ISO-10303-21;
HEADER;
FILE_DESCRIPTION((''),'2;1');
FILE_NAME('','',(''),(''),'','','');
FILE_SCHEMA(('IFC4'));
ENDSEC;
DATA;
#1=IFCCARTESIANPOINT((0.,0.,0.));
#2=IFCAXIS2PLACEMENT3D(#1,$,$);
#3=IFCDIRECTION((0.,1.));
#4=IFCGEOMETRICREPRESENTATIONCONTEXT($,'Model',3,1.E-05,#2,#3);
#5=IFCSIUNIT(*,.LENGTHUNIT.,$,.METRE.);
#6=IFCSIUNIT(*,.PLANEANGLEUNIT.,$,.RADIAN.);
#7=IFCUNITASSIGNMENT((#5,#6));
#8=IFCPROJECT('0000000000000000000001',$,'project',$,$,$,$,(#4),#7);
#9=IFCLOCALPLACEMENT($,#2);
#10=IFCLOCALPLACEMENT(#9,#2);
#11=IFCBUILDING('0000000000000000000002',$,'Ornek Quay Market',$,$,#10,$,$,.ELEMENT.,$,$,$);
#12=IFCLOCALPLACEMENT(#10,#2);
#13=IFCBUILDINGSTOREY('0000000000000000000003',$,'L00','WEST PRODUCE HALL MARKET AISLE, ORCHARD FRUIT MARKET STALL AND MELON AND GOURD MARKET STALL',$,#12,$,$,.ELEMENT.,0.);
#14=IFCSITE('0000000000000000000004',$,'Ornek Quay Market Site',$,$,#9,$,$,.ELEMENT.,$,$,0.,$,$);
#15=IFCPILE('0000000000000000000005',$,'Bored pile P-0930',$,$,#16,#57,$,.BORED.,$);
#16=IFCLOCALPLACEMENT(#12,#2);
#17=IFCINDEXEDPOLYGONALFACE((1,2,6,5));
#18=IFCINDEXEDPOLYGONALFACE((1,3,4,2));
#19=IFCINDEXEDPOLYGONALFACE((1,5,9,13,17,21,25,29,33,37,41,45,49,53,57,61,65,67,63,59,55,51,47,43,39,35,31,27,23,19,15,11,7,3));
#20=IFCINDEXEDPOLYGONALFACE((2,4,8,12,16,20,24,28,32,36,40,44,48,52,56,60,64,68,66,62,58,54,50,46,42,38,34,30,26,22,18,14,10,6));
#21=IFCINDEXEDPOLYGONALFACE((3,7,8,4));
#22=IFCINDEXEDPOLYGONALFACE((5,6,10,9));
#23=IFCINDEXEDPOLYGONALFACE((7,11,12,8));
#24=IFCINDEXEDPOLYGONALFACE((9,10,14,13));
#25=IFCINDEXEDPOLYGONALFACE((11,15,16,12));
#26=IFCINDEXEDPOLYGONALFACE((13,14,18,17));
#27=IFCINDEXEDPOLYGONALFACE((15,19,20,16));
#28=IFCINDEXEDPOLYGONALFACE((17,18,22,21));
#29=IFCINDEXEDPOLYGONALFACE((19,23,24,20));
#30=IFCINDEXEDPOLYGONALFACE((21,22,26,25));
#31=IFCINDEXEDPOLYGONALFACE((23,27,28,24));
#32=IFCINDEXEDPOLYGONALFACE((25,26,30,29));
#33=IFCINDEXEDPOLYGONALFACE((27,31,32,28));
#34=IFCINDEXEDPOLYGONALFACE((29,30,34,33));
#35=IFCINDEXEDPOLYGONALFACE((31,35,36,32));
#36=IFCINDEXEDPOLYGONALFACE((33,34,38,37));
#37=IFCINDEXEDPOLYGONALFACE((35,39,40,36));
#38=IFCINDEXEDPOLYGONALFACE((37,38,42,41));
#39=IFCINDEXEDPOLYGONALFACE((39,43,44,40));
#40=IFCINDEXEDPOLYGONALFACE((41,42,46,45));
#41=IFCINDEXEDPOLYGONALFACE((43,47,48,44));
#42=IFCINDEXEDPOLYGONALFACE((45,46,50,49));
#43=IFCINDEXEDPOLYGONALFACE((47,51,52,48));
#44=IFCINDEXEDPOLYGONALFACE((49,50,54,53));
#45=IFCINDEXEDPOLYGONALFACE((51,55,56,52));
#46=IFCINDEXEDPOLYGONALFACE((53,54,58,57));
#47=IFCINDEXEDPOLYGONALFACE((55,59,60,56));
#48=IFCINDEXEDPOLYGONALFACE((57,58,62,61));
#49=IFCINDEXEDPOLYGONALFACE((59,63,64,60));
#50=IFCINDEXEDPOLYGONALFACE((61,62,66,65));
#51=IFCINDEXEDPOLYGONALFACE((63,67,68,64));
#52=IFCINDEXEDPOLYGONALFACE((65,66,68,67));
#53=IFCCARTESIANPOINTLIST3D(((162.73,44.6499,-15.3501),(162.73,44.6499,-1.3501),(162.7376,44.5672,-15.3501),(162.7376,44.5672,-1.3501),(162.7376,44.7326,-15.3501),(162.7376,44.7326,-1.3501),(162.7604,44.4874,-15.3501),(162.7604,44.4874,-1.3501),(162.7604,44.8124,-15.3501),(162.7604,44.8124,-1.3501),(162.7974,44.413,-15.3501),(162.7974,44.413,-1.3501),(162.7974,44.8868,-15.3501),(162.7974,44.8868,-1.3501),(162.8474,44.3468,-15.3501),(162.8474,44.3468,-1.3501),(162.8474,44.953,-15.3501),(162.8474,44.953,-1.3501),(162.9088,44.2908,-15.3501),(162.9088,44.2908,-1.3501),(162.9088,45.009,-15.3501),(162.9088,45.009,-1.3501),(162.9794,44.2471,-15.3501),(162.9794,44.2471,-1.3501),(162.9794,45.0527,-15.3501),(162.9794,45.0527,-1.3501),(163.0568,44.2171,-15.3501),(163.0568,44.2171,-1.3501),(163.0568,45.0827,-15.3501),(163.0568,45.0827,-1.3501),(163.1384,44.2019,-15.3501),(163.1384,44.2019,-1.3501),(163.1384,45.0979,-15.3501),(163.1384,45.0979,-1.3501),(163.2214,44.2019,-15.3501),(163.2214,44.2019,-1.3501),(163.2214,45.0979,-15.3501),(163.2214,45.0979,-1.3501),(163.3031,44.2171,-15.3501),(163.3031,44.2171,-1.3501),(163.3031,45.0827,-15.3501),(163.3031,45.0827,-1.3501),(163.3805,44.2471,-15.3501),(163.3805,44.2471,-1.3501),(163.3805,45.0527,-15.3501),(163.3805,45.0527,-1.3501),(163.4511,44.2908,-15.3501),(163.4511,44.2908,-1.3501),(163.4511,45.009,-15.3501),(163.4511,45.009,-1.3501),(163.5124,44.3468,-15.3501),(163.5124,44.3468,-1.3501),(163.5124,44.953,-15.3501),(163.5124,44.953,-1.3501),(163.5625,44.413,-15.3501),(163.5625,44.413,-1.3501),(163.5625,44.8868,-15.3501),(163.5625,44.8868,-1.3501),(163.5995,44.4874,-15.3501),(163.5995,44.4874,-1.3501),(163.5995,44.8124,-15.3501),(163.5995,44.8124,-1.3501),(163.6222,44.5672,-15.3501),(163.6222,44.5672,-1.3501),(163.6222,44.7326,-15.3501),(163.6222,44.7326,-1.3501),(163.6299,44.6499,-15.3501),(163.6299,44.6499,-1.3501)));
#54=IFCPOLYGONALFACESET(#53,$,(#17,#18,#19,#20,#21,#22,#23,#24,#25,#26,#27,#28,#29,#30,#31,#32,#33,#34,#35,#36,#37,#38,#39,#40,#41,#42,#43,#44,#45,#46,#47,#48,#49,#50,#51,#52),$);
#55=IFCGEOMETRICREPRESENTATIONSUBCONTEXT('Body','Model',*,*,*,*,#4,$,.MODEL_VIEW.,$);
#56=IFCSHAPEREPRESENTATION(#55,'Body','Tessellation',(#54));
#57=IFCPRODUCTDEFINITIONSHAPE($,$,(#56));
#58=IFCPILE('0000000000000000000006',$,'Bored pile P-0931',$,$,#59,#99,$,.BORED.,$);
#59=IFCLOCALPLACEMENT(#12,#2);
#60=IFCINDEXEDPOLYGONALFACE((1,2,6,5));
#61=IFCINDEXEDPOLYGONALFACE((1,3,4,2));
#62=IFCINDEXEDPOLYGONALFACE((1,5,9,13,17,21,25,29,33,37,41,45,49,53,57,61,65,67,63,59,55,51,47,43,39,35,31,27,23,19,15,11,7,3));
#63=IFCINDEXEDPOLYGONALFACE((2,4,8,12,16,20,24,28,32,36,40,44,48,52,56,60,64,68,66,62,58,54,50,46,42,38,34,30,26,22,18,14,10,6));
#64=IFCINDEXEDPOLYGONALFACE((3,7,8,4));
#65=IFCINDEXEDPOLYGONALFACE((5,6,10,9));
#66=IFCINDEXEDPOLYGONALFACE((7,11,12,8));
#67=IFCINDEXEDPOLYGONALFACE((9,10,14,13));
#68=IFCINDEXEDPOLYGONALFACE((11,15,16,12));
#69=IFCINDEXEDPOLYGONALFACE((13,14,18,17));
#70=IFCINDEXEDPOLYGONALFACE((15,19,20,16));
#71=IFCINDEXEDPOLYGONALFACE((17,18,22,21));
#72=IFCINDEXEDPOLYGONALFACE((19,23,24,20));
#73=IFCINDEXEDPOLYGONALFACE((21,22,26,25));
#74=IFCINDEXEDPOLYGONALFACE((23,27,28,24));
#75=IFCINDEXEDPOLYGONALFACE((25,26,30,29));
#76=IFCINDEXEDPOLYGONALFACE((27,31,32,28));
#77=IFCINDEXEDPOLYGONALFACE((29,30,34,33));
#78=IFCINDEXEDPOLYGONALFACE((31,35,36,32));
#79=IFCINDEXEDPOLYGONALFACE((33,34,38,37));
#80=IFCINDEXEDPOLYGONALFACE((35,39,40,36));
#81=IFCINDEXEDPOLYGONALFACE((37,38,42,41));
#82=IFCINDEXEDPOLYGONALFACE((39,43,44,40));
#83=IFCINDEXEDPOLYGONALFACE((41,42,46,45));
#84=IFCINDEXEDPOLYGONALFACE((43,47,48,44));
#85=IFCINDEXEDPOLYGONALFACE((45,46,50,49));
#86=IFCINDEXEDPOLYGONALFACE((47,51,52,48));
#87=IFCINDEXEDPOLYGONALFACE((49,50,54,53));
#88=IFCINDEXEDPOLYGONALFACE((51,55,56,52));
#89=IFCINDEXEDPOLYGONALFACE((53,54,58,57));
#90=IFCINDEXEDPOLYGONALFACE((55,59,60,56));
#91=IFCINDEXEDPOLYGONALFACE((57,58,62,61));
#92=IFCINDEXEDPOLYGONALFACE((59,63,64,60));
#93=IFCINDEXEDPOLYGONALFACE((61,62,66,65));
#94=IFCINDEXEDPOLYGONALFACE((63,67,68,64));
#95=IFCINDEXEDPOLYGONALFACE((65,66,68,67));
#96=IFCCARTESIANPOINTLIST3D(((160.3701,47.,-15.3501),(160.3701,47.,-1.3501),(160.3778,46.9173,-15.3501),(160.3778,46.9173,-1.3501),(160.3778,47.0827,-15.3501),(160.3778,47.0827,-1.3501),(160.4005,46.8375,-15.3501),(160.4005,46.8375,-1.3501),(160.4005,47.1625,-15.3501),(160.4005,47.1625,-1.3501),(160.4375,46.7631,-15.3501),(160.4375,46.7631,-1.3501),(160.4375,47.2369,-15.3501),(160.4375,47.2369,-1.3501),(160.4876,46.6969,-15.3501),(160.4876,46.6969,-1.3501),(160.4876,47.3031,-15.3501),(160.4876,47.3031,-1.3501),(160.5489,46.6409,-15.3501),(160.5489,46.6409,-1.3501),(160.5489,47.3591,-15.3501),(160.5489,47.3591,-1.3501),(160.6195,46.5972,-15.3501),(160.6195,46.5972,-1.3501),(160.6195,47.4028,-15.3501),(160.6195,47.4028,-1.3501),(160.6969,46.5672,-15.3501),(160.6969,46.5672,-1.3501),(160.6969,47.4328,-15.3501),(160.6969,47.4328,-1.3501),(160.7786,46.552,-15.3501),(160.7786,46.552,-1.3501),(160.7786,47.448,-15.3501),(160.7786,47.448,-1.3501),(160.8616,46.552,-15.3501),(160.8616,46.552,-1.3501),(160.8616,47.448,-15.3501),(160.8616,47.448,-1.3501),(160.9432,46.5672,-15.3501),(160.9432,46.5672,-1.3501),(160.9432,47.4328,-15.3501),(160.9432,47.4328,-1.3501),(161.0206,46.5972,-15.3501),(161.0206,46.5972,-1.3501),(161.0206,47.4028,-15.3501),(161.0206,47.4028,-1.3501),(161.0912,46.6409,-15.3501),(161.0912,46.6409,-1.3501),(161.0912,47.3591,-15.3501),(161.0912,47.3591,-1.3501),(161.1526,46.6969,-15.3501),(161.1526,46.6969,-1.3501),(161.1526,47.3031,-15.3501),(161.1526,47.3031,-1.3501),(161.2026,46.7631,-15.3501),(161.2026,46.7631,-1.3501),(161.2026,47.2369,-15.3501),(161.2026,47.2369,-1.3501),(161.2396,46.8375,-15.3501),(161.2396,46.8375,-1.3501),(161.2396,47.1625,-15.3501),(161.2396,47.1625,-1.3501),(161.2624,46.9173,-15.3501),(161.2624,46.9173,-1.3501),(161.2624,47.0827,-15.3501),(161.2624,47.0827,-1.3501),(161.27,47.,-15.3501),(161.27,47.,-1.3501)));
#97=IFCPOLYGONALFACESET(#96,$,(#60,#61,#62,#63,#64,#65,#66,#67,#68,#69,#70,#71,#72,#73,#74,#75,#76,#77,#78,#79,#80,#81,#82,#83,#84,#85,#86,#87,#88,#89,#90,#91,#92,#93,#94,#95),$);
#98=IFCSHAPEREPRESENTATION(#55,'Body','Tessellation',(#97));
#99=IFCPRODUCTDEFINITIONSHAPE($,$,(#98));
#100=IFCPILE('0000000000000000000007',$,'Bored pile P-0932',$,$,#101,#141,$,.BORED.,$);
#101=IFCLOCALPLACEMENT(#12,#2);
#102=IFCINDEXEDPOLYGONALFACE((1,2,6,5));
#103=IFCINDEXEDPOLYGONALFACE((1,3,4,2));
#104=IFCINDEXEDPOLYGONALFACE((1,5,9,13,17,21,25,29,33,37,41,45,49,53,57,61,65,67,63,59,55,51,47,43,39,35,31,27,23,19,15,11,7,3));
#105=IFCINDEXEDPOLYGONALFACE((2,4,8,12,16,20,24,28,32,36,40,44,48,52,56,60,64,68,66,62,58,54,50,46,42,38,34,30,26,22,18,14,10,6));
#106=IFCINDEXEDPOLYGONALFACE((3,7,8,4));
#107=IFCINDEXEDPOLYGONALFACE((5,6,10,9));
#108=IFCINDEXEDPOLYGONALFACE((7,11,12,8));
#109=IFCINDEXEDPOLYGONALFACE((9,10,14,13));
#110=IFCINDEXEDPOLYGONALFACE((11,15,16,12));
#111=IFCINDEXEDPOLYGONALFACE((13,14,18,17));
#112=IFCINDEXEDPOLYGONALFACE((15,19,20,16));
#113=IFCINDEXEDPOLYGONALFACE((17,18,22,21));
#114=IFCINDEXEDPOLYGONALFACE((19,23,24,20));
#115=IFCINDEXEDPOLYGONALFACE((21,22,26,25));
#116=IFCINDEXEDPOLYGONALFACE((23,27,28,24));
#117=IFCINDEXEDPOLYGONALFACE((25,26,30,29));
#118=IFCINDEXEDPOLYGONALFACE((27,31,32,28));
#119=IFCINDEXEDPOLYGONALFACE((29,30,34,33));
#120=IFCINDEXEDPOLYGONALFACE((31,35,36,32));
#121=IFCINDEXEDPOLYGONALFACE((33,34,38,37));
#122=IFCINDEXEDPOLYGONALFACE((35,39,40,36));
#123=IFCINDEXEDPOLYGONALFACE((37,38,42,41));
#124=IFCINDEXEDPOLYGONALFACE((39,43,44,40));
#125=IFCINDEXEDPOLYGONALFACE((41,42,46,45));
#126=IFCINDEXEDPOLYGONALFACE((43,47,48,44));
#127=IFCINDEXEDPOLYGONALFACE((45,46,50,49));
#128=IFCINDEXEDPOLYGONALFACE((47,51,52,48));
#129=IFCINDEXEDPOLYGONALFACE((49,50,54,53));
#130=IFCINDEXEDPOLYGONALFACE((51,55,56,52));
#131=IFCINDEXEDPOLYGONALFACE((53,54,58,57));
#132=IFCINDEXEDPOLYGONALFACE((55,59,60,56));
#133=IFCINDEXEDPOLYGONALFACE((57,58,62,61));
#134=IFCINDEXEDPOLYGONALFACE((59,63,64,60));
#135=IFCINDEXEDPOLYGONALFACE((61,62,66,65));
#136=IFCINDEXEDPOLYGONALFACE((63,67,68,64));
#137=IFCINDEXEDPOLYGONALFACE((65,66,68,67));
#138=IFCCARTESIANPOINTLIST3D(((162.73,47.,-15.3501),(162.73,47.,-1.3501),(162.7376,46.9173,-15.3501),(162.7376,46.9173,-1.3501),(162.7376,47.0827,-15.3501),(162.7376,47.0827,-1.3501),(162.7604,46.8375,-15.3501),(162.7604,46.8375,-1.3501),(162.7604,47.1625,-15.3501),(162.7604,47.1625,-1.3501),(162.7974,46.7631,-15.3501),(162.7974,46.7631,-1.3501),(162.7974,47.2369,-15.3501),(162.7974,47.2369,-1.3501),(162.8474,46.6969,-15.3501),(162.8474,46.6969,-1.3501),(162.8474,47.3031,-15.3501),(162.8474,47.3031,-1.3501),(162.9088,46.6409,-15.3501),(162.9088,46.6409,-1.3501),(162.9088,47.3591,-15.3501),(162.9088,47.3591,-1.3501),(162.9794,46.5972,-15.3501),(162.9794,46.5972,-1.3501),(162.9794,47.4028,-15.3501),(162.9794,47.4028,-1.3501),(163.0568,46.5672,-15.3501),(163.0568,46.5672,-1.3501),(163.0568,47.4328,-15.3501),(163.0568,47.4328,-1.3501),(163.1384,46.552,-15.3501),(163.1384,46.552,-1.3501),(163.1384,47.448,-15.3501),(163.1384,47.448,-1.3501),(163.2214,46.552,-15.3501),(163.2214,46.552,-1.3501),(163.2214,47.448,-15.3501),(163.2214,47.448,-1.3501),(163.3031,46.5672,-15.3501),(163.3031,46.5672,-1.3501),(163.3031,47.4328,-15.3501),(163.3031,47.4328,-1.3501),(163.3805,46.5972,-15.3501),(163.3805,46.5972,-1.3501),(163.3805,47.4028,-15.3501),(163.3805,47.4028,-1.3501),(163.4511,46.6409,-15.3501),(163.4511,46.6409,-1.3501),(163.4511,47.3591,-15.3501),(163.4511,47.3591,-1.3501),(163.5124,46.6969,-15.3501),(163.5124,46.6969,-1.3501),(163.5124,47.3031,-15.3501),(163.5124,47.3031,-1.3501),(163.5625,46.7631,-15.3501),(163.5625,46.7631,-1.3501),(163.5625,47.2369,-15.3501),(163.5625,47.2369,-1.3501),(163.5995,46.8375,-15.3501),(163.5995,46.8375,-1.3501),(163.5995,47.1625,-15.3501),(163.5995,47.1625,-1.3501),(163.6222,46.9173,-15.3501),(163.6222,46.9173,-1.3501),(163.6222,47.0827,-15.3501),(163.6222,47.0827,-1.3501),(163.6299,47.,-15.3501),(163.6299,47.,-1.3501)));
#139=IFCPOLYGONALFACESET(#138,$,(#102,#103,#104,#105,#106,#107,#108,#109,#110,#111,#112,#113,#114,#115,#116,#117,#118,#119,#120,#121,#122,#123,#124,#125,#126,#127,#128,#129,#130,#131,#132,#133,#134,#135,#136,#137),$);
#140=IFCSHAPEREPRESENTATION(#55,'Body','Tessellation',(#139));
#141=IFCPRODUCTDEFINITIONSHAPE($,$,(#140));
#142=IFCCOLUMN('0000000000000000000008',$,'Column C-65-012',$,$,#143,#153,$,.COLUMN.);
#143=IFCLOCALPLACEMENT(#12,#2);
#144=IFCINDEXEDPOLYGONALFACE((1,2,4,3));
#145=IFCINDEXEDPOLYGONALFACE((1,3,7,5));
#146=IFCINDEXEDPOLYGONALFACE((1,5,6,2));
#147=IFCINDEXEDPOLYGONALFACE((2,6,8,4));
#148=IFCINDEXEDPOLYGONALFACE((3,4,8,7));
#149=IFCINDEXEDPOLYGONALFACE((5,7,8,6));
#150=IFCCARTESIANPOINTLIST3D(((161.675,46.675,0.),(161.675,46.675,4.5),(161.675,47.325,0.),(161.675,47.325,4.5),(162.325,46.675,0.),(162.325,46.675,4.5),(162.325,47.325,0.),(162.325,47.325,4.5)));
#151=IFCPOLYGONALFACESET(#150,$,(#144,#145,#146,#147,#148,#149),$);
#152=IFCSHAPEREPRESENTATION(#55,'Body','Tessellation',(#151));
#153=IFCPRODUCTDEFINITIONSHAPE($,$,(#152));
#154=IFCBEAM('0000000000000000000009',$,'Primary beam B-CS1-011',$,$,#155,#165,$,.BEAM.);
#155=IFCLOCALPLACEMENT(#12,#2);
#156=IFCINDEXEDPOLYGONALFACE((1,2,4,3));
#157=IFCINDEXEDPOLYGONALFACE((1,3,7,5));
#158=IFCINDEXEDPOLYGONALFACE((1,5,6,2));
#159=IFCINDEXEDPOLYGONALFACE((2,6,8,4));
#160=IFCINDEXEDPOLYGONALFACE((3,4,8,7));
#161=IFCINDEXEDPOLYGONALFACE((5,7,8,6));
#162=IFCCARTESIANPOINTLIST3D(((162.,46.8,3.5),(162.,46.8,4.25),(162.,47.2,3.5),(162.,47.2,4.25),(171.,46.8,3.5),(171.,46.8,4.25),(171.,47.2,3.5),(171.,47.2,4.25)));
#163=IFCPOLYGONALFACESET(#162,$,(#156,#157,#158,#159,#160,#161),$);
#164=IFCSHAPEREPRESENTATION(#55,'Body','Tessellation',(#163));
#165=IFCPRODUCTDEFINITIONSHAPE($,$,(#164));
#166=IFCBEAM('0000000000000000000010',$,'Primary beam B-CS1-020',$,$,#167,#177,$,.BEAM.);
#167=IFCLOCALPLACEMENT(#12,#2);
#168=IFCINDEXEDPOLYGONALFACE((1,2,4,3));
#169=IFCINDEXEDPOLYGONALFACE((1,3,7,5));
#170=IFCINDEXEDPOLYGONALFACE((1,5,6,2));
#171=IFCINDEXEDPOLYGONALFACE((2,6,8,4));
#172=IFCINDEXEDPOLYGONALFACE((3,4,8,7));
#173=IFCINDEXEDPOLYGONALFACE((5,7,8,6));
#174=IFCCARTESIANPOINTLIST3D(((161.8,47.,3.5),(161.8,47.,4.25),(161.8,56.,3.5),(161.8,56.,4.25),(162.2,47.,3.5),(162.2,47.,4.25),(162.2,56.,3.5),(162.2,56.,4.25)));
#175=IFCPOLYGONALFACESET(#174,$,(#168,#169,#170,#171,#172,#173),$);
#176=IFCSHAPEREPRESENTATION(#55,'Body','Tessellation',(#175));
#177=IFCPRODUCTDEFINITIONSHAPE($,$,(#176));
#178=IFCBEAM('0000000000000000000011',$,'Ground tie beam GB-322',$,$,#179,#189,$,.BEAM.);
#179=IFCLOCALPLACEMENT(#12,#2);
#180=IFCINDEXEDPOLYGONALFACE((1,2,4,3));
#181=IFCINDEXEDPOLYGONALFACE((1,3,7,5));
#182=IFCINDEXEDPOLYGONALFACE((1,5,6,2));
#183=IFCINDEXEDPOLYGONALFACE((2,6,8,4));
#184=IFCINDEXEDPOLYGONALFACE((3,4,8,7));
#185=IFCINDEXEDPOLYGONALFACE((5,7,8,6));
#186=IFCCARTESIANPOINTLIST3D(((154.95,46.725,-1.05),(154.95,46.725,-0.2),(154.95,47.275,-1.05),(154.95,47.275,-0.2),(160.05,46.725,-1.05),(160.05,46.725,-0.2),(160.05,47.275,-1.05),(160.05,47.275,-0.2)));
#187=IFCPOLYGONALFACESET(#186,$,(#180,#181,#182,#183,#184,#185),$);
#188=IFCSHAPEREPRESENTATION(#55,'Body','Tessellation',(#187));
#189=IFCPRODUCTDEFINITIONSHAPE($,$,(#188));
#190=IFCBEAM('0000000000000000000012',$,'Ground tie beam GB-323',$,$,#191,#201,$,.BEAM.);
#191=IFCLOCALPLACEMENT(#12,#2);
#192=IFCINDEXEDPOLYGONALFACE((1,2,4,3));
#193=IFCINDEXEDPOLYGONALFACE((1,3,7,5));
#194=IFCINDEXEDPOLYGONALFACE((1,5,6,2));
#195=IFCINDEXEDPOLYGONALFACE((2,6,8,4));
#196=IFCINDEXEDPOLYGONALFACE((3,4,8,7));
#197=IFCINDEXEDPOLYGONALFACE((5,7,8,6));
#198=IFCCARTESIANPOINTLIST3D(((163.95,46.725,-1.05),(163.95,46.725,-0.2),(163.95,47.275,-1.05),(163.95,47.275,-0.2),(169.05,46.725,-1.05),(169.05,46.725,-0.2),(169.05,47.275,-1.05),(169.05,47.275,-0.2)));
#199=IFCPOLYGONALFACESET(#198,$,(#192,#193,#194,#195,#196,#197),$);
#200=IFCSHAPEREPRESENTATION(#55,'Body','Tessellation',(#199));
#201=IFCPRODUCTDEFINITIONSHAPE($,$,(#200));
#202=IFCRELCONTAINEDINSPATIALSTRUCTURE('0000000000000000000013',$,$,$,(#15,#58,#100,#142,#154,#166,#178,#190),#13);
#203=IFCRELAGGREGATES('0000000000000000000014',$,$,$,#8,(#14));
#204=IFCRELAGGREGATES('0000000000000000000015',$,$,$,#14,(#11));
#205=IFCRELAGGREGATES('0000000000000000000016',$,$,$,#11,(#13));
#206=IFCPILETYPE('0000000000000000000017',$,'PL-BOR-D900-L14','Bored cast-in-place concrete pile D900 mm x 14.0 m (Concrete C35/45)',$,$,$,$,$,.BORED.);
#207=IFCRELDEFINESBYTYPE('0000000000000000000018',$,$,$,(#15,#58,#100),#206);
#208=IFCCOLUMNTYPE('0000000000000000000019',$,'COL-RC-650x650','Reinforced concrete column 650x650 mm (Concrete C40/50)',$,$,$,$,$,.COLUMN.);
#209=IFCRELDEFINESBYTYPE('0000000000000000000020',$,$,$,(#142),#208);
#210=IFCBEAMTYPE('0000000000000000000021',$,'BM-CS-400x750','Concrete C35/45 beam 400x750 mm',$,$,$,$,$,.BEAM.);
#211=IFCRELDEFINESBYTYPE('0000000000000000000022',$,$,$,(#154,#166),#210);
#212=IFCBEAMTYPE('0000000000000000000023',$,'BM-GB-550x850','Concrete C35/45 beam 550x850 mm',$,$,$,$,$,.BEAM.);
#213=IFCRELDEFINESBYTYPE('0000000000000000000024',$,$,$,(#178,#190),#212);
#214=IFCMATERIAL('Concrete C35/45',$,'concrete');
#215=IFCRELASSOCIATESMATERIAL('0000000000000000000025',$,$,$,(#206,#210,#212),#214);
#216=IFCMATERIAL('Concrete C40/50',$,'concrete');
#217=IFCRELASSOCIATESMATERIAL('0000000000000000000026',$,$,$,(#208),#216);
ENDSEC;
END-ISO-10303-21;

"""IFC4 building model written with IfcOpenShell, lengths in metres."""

from ifc_helpers import new_model, si_unit, direction, frame, origin, origin_2d, place, context, subcontext, project, spatial, rectangle, circle, extrude, material, material_profile, profile_set, type_object, element, save


model = new_model("IFC4")

# Units and contexts
model_context = context("Model", 3, precision=1e-05, world=origin(), true_north=direction((0.0, 1.0)))
body_context = subcontext(model_context, "Body", "Model", "MODEL_VIEW")
ifc_project = project(units=[si_unit("LENGTHUNIT", "METRE"), si_unit("PLANEANGLEUNIT", "RADIAN")], contexts=[model_context])

# Site, building, storey
site_placement = place(None, origin())
site = spatial("IfcSite", under=ifc_project, at=site_placement, Name="Ornek Quay Market Site", CompositionType="ELEMENT", RefElevation=0.0)
building_placement = place(site_placement, origin())
building = spatial("IfcBuilding", under=site, at=building_placement, Name="Ornek Quay Market", CompositionType="ELEMENT")
storey_placement = place(building_placement, origin())
storey = spatial("IfcBuildingStorey", under=building, at=storey_placement, Name="L00", Description="WEST PRODUCE HALL MARKET AISLE, ORCHARD FRUIT MARKET STALL AND MELON AND GOURD MARKET STALL", CompositionType="ELEMENT", Elevation=0.0)

# Piles
ifc_material_1 = material(Name="Concrete C35/45", Category="concrete")
ifc_material_profile_1 = material_profile(ifc_material_1, circle(Radius=0.45, at=origin_2d()), Name="PILE D900", Category="concrete")
ifc_profile_set_1 = profile_set([ifc_material_profile_1], Name="Concrete C35/45")
pile_type = type_object("IfcPileType", Name="PL-BOR-D900-L14", Description="Bored cast-in-place concrete pile D900 mm x 14.0 m (Concrete C35/45)", PredefinedType="BORED", material=ifc_profile_set_1)
for number, where, z_axis, x_axis, name in (
    (1, (163.1799, 44.6499, -1.3501), (0.0, 0.0, -1.0), (1.0, 0.0, 0.0), "Bored pile P-0930"),
    (2, (160.8201, 47.0, -1.3501), (0.0, 0.0, -1.0), (1.0, 0.0, 0.0), "Bored pile P-0931"),
    (3, (163.1799, 47.0, -1.3501), (0.0, 0.0, -1.0), (1.0, 0.0, 0.0), "Bored pile P-0932"),
):
    element("IfcPile", number, at=place(storey_placement, frame(where, z_axis=z_axis, x_axis=x_axis)), inside=storey, type_object=pile_type, Name=name, PredefinedType="BORED", context=body_context, shape_type="SweptSolid", body=[
        extrude(circle(Radius=0.45, at=origin_2d()), origin(), (0.0, 0.0, 1.0), 14.0),
    ])

# Column
ifc_material_2 = material(Name="Concrete C40/50", Category="concrete")
ifc_material_profile_2 = material_profile(ifc_material_2, rectangle(XDim=0.6499, YDim=0.6499, at=origin_2d()), Name="RC 650x650", Category="concrete")
ifc_profile_set_2 = profile_set([ifc_material_profile_2], Name="Concrete C40/50")
column_type = type_object("IfcColumnType", Name="COL-RC-650x650", Description="Reinforced concrete column 650x650 mm (Concrete C40/50)", PredefinedType="COLUMN", material=ifc_profile_set_2)
column_placement = place(storey_placement, frame((162.0, 47.0, 0.0), z_axis=(0.0, 0.0, 1.0), x_axis=(1.0, 0.0, 0.0)))
element("IfcColumn", 4, at=column_placement, inside=storey, type_object=column_type, Name="Column C-65-012", PredefinedType="COLUMN", context=body_context, shape_type="SweptSolid", body=[
    extrude(rectangle(XDim=0.6499, YDim=0.6499, at=origin_2d()), origin(), (0.0, 0.0, 1.0), 4.5),
])

# Beams
ifc_material_profile_3 = material_profile(ifc_material_1, rectangle(XDim=0.3999, YDim=0.75, at=origin_2d()), Name="RC 400x750", Category="concrete")
ifc_profile_set_3 = profile_set([ifc_material_profile_3], Name="Concrete C35/45")
beam_type_1 = type_object("IfcBeamType", Name="BM-CS-400x750", Description="Concrete C35/45 beam 400x750 mm", PredefinedType="BEAM", material=ifc_profile_set_3)
for number, where, z_axis, x_axis, name in (
    (5, (162.0, 47.0, 3.875), (1.0, 0.0, 0.0), (0.0, 1.0, 0.0), "Primary beam B-CS1-011"),
    (6, (162.0, 47.0, 3.875), (0.0, 1.0, 0.0), (-1.0, 0.0, 0.0), "Primary beam B-CS1-020"),
):
    element("IfcBeam", number, at=place(storey_placement, frame(where, z_axis=z_axis, x_axis=x_axis)), inside=storey, type_object=beam_type_1, Name=name, PredefinedType="BEAM", context=body_context, shape_type="SweptSolid", body=[
        extrude(rectangle(XDim=0.3999, YDim=0.75, at=origin_2d()), origin(), (0.0, 0.0, 1.0), 9.0),
    ])
ifc_material_profile_4 = material_profile(ifc_material_1, rectangle(XDim=0.55, YDim=0.8501, at=origin_2d()), Name="RC 550x850", Category="concrete")
ifc_profile_set_4 = profile_set([ifc_material_profile_4], Name="Concrete C35/45")
beam_type_2 = type_object("IfcBeamType", Name="BM-GB-550x850", Description="Concrete C35/45 beam 550x850 mm", PredefinedType="BEAM", material=ifc_profile_set_4)
for number, where, z_axis, x_axis, name in (
    (7, (154.95, 47.0, -0.625), (1.0, 0.0, 0.0), (0.0, 1.0, 0.0), "Ground tie beam GB-322"),
    (8, (163.95, 47.0, -0.625), (1.0, 0.0, 0.0), (0.0, 1.0, 0.0), "Ground tie beam GB-323"),
):
    element("IfcBeam", number, at=place(storey_placement, frame(where, z_axis=z_axis, x_axis=x_axis)), inside=storey, type_object=beam_type_2, Name=name, PredefinedType="BEAM", context=body_context, shape_type="SweptSolid", body=[
        extrude(rectangle(XDim=0.55, YDim=0.8501, at=origin_2d()), origin(), (0.0, 0.0, 1.0), 5.1001),
    ])

save(model, "model.ifc")
